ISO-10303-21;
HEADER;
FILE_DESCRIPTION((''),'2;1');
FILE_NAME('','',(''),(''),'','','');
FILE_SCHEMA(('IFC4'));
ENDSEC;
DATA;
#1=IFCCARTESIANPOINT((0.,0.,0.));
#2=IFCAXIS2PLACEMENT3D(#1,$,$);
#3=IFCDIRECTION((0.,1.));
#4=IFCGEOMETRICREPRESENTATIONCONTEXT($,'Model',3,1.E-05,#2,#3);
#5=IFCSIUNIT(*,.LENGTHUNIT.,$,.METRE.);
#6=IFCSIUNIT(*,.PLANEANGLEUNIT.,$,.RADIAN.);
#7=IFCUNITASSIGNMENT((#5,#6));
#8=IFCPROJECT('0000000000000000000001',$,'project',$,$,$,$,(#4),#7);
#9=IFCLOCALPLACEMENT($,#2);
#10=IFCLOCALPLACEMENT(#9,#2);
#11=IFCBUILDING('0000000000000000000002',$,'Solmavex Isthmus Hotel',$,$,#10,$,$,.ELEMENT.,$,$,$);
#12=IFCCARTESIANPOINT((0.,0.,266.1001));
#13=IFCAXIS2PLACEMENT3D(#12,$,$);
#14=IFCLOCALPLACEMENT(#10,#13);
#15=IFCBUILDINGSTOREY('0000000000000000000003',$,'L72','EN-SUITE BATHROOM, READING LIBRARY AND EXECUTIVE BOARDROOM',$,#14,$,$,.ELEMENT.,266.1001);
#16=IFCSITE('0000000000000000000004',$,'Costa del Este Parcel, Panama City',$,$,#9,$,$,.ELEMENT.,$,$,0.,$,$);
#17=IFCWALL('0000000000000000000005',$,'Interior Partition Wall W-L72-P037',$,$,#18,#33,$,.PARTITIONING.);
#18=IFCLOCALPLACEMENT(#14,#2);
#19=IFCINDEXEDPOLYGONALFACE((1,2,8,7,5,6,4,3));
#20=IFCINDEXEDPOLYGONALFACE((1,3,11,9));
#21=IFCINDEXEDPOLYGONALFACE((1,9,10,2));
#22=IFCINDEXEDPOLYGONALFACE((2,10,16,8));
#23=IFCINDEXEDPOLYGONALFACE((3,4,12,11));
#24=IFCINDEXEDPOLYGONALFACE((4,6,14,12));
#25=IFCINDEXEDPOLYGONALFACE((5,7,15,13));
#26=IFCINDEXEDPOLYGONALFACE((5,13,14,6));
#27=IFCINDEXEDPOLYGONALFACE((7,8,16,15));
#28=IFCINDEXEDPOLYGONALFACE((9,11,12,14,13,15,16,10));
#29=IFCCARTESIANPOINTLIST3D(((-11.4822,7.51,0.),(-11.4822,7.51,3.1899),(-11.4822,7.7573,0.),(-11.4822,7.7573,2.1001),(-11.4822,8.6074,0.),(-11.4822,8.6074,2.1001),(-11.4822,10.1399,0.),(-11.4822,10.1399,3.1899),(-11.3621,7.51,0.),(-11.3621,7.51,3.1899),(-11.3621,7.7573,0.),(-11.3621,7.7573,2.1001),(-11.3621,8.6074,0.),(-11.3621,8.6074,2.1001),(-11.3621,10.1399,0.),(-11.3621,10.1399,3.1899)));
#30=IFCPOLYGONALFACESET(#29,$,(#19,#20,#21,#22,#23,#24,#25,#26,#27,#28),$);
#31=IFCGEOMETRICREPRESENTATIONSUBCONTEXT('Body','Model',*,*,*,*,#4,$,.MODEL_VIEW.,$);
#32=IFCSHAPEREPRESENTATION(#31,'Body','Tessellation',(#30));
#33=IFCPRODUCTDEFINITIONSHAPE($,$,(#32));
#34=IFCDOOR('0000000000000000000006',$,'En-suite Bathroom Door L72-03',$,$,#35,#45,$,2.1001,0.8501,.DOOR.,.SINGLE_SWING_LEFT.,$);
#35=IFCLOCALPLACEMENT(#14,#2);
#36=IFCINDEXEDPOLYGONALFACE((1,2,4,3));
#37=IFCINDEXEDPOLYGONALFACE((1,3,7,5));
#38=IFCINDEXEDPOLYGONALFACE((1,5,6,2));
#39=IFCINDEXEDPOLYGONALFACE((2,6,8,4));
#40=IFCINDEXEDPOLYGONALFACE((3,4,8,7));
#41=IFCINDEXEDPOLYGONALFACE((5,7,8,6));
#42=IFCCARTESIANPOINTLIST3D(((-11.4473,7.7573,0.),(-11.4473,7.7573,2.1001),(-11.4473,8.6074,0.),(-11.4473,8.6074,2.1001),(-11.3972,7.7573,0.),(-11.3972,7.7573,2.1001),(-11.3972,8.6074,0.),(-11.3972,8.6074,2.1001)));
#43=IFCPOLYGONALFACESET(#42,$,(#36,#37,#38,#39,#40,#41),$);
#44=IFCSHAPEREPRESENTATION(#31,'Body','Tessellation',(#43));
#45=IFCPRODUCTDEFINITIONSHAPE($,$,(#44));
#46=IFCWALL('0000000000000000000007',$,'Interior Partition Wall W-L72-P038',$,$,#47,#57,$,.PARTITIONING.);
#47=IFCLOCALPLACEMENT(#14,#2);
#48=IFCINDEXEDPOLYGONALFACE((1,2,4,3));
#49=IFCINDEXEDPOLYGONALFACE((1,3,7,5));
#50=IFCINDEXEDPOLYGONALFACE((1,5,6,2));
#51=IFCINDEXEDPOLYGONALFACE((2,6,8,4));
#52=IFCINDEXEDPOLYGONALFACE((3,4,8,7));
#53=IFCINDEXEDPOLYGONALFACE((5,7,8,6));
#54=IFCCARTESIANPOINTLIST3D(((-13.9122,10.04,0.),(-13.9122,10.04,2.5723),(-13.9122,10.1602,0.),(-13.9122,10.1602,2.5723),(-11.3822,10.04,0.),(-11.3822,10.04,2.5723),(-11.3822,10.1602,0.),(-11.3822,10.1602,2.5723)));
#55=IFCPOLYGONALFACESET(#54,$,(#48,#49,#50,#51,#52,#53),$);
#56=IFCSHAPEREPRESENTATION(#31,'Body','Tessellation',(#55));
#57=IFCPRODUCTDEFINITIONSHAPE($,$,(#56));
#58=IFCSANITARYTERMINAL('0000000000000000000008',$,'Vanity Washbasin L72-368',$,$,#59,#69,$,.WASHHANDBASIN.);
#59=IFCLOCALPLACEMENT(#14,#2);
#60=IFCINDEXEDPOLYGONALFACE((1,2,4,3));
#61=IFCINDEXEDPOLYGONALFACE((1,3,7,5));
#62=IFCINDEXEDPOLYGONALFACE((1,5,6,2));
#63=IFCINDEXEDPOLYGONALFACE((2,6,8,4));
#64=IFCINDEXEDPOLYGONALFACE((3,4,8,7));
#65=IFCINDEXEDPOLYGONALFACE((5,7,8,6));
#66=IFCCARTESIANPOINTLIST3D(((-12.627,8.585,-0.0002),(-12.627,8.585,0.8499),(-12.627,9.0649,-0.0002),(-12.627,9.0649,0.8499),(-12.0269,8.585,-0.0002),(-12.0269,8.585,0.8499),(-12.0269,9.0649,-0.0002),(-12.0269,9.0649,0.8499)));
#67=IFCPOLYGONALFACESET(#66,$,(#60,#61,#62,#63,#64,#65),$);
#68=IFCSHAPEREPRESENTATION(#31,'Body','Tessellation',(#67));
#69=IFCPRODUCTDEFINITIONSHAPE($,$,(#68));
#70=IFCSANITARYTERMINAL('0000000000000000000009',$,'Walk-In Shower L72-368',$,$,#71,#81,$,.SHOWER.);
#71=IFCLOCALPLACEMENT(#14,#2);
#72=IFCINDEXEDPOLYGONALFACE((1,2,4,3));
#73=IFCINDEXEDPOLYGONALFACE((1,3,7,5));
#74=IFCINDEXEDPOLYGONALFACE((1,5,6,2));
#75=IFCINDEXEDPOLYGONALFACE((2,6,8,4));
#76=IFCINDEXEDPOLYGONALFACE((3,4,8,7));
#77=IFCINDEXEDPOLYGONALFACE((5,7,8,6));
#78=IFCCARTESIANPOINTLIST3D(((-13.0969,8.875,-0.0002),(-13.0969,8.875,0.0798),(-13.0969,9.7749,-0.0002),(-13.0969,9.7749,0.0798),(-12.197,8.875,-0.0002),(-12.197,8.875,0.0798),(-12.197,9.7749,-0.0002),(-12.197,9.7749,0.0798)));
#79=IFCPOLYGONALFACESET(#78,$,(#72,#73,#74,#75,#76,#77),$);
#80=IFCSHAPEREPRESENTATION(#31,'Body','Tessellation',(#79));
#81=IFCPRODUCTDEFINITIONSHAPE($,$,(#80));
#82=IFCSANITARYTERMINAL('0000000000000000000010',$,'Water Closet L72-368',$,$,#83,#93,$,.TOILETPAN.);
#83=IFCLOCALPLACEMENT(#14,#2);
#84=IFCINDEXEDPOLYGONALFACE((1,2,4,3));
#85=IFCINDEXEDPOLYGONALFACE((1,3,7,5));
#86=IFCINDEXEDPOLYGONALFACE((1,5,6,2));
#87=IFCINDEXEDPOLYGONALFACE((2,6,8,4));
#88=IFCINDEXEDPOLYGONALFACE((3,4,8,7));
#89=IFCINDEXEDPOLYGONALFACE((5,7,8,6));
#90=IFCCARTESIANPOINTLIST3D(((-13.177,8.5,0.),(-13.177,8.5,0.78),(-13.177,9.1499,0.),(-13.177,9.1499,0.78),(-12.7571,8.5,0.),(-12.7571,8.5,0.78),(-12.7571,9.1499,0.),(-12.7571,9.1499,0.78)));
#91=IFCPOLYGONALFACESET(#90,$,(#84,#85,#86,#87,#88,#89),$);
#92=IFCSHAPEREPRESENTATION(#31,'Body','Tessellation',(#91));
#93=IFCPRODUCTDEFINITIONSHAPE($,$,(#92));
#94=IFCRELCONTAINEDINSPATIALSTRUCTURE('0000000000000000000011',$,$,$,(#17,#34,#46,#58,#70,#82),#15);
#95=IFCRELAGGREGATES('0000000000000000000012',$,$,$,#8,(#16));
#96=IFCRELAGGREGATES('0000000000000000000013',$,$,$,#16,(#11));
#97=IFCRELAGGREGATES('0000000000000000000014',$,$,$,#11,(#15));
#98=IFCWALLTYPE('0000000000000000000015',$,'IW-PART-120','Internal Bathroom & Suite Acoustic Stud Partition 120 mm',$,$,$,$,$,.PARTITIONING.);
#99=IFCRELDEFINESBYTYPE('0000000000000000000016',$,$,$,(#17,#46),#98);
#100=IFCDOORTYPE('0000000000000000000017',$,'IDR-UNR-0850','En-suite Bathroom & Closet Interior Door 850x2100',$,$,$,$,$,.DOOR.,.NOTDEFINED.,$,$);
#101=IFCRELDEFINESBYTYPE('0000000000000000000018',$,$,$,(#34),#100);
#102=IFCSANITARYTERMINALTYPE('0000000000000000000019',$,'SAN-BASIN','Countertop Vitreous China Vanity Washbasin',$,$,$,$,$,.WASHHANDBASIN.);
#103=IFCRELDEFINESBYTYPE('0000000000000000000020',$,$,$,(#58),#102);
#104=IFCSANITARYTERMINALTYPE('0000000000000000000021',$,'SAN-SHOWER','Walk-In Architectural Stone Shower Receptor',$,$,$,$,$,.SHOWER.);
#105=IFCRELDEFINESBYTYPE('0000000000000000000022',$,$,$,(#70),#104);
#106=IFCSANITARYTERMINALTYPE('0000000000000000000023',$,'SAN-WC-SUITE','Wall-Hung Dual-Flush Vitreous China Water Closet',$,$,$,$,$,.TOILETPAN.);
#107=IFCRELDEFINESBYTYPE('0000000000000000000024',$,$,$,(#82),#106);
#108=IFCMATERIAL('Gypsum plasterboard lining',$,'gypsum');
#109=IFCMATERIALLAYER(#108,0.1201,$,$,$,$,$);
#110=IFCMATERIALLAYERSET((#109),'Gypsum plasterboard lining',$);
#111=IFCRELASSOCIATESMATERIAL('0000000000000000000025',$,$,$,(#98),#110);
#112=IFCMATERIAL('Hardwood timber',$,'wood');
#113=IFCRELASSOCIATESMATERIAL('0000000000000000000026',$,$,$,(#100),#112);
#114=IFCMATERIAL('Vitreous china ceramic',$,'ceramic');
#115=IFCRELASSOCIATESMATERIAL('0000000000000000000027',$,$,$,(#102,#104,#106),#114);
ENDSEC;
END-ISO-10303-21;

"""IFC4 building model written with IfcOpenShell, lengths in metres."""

from ifc_helpers import new_model, si_unit, direction, frame, frame_2d, origin, origin_2d, place, context, subcontext, project, spatial, rectangle, extrude, material, layer, layer_set, type_object, element, fill, save


model = new_model("IFC4")

# Units and contexts
model_context = context("Model", 3, precision=1e-05, world=origin(), true_north=direction((0.0, 1.0)))
body_context = subcontext(model_context, "Body", "Model", "MODEL_VIEW")
ifc_project = project(units=[si_unit("LENGTHUNIT", "METRE"), si_unit("PLANEANGLEUNIT", "RADIAN")], contexts=[model_context])

# Site, building, storey
site_placement = place(None, origin())
site = spatial("IfcSite", under=ifc_project, at=site_placement, Name="Costa del Este Parcel, Panama City", CompositionType="ELEMENT", RefElevation=0.0)
building_placement = place(site_placement, origin())
building = spatial("IfcBuilding", under=site, at=building_placement, Name="Solmavex Isthmus Hotel", CompositionType="ELEMENT")
storey_placement = place(building_placement, frame((0.0, 0.0, 266.1001)))
storey = spatial("IfcBuildingStorey", under=building, at=storey_placement, Name="L72", Description="EN-SUITE BATHROOM, READING LIBRARY AND EXECUTIVE BOARDROOM", CompositionType="ELEMENT", Elevation=266.1001)

# Shared definitions
ifc_material_1 = material(Name="Gypsum plasterboard lining", Category="gypsum")

# Wall, opening, door
ifc_material_2 = material(Name="Hardwood timber", Category="wood")
ifc_layer_1 = layer(ifc_material_1, 0.1201)
ifc_layer_set_1 = layer_set([ifc_layer_1], Name="Gypsum plasterboard lining")
wall_type_1 = type_object("IfcWallType", Name="IW-PART-120", Description="Internal Bathroom & Suite Acoustic Stud Partition 120 mm", PredefinedType="PARTITIONING", material=ifc_layer_set_1)
wall_1_placement = place(storey_placement, frame((-11.4221, 7.51, 0.0), z_axis=(0.0, 0.0, 1.0), x_axis=(0.0, 1.0, 0.0)))
wall_1 = element("IfcWall", 1, at=wall_1_placement, inside=storey, type_object=wall_type_1, Name="Interior Partition Wall W-L72-P037", PredefinedType="PARTITIONING", context=body_context, shape_type="SweptSolid", body=[
    extrude(rectangle(XDim=2.6299, YDim=0.1201, at=frame_2d((1.3149, 0.0))), origin(), (0.0, 0.0, 1.0), 3.1899),
])
opening_1_placement = place(wall_1_placement, frame((0.2473, 0.0, 0.0)))
opening_1 = element("IfcOpeningElement", 2, at=opening_1_placement, cuts=wall_1, PredefinedType="OPENING", context=body_context, shape_type="SweptSolid", body=[
    extrude(rectangle(XDim=0.8501, YDim=2.1001, at=frame_2d((0.425, 1.05))), frame((0.0, 0.0701, 0.0), z_axis=(0.0, -1.0, 0.0), x_axis=(1.0, 0.0, 0.0)), (0.0, 0.0, 1.0), 0.1401),
])
door_type_1 = type_object("IfcDoorType", Name="IDR-UNR-0850", Description="En-suite Bathroom & Closet Interior Door 850x2100", OperationType="NOTDEFINED", PredefinedType="DOOR", material=ifc_material_2)
door_1_placement = place(opening_1_placement, frame((0.8501, 0.0, 0.0), z_axis=(0.0, 0.0, 1.0), x_axis=(-1.0, 0.0, 0.0)))
door_1 = element("IfcDoor", 3, at=door_1_placement, inside=storey, type_object=door_type_1, Name="En-suite Bathroom Door L72-03", OperationType="SINGLE_SWING_LEFT", OverallHeight=2.1001, OverallWidth=0.8501, PredefinedType="DOOR", context=body_context, shape_type="SweptSolid", body=[
    extrude(rectangle(XDim=0.8501, YDim=2.1001, at=frame_2d((0.425, 1.05))), frame((0.0, 0.0249, 0.0), z_axis=(0.0, -1.0, 0.0), x_axis=(1.0, 0.0, 0.0)), (0.0, 0.0, 1.0), 0.05),
])
fill(opening_1, door_1)

# Wall
wall_2_placement = place(storey_placement, frame((-11.3821, 10.1001, 0.0), z_axis=(0.0, 0.0, 1.0), x_axis=(-1.0, 0.0, 0.0)))
element("IfcWall", 4, at=wall_2_placement, inside=storey, type_object=wall_type_1, Name="Interior Partition Wall W-L72-P038", PredefinedType="PARTITIONING", context=body_context, shape_type="SweptSolid", body=[
    extrude(rectangle(XDim=2.53, YDim=0.1201, at=frame_2d((1.2651, 0.0))), origin(), (0.0, 0.0, 1.0), 2.5723),
])

# Sanitary terminals
ifc_material_3 = material(Name="Vitreous china ceramic", Category="ceramic")
sanitary_terminal_type_1 = type_object("IfcSanitaryTerminalType", Name="SAN-BASIN", Description="Countertop Vitreous China Vanity Washbasin", PredefinedType="WASHHANDBASIN", material=ifc_material_3)
sanitary_terminal_1_placement = place(storey_placement, frame((-12.3269, 8.825, -0.0002), z_axis=(0.0, 0.0, 1.0), x_axis=(1.0, 0.0, 0.0)))
element("IfcSanitaryTerminal", 5, at=sanitary_terminal_1_placement, inside=storey, type_object=sanitary_terminal_type_1, Name="Vanity Washbasin L72-368", PredefinedType="WASHHANDBASIN", context=body_context, shape_type="SweptSolid", body=[
    extrude(rectangle(XDim=0.6001, YDim=0.48, at=origin_2d()), origin(), (0.0, 0.0, 1.0), 0.8501),
])
sanitary_terminal_type_2 = type_object("IfcSanitaryTerminalType", Name="SAN-SHOWER", Description="Walk-In Architectural Stone Shower Receptor", PredefinedType="SHOWER", material=ifc_material_3)
sanitary_terminal_2_placement = place(storey_placement, frame((-12.647, 9.325, -0.0002), z_axis=(0.0, 0.0, 1.0), x_axis=(1.0, 0.0, 0.0)))
element("IfcSanitaryTerminal", 6, at=sanitary_terminal_2_placement, inside=storey, type_object=sanitary_terminal_type_2, Name="Walk-In Shower L72-368", PredefinedType="SHOWER", context=body_context, shape_type="SweptSolid", body=[
    extrude(rectangle(XDim=0.8999, YDim=0.8999, at=origin_2d()), origin(), (0.0, 0.0, 1.0), 0.0801),
])
sanitary_terminal_type_3 = type_object("IfcSanitaryTerminalType", Name="SAN-WC-SUITE", Description="Wall-Hung Dual-Flush Vitreous China Water Closet", PredefinedType="TOILETPAN", material=ifc_material_3)
sanitary_terminal_3_placement = place(storey_placement, frame((-12.967, 8.825, 0.0), z_axis=(0.0, 0.0, 1.0), x_axis=(1.0, 0.0, 0.0)))
element("IfcSanitaryTerminal", 7, at=sanitary_terminal_3_placement, inside=storey, type_object=sanitary_terminal_type_3, Name="Water Closet L72-368", PredefinedType="TOILETPAN", context=body_context, shape_type="SweptSolid", body=[
    extrude(rectangle(XDim=0.4199, YDim=0.6499, at=origin_2d()), origin(), (0.0, 0.0, 1.0), 0.78),
])

save(model, "model.ifc")
